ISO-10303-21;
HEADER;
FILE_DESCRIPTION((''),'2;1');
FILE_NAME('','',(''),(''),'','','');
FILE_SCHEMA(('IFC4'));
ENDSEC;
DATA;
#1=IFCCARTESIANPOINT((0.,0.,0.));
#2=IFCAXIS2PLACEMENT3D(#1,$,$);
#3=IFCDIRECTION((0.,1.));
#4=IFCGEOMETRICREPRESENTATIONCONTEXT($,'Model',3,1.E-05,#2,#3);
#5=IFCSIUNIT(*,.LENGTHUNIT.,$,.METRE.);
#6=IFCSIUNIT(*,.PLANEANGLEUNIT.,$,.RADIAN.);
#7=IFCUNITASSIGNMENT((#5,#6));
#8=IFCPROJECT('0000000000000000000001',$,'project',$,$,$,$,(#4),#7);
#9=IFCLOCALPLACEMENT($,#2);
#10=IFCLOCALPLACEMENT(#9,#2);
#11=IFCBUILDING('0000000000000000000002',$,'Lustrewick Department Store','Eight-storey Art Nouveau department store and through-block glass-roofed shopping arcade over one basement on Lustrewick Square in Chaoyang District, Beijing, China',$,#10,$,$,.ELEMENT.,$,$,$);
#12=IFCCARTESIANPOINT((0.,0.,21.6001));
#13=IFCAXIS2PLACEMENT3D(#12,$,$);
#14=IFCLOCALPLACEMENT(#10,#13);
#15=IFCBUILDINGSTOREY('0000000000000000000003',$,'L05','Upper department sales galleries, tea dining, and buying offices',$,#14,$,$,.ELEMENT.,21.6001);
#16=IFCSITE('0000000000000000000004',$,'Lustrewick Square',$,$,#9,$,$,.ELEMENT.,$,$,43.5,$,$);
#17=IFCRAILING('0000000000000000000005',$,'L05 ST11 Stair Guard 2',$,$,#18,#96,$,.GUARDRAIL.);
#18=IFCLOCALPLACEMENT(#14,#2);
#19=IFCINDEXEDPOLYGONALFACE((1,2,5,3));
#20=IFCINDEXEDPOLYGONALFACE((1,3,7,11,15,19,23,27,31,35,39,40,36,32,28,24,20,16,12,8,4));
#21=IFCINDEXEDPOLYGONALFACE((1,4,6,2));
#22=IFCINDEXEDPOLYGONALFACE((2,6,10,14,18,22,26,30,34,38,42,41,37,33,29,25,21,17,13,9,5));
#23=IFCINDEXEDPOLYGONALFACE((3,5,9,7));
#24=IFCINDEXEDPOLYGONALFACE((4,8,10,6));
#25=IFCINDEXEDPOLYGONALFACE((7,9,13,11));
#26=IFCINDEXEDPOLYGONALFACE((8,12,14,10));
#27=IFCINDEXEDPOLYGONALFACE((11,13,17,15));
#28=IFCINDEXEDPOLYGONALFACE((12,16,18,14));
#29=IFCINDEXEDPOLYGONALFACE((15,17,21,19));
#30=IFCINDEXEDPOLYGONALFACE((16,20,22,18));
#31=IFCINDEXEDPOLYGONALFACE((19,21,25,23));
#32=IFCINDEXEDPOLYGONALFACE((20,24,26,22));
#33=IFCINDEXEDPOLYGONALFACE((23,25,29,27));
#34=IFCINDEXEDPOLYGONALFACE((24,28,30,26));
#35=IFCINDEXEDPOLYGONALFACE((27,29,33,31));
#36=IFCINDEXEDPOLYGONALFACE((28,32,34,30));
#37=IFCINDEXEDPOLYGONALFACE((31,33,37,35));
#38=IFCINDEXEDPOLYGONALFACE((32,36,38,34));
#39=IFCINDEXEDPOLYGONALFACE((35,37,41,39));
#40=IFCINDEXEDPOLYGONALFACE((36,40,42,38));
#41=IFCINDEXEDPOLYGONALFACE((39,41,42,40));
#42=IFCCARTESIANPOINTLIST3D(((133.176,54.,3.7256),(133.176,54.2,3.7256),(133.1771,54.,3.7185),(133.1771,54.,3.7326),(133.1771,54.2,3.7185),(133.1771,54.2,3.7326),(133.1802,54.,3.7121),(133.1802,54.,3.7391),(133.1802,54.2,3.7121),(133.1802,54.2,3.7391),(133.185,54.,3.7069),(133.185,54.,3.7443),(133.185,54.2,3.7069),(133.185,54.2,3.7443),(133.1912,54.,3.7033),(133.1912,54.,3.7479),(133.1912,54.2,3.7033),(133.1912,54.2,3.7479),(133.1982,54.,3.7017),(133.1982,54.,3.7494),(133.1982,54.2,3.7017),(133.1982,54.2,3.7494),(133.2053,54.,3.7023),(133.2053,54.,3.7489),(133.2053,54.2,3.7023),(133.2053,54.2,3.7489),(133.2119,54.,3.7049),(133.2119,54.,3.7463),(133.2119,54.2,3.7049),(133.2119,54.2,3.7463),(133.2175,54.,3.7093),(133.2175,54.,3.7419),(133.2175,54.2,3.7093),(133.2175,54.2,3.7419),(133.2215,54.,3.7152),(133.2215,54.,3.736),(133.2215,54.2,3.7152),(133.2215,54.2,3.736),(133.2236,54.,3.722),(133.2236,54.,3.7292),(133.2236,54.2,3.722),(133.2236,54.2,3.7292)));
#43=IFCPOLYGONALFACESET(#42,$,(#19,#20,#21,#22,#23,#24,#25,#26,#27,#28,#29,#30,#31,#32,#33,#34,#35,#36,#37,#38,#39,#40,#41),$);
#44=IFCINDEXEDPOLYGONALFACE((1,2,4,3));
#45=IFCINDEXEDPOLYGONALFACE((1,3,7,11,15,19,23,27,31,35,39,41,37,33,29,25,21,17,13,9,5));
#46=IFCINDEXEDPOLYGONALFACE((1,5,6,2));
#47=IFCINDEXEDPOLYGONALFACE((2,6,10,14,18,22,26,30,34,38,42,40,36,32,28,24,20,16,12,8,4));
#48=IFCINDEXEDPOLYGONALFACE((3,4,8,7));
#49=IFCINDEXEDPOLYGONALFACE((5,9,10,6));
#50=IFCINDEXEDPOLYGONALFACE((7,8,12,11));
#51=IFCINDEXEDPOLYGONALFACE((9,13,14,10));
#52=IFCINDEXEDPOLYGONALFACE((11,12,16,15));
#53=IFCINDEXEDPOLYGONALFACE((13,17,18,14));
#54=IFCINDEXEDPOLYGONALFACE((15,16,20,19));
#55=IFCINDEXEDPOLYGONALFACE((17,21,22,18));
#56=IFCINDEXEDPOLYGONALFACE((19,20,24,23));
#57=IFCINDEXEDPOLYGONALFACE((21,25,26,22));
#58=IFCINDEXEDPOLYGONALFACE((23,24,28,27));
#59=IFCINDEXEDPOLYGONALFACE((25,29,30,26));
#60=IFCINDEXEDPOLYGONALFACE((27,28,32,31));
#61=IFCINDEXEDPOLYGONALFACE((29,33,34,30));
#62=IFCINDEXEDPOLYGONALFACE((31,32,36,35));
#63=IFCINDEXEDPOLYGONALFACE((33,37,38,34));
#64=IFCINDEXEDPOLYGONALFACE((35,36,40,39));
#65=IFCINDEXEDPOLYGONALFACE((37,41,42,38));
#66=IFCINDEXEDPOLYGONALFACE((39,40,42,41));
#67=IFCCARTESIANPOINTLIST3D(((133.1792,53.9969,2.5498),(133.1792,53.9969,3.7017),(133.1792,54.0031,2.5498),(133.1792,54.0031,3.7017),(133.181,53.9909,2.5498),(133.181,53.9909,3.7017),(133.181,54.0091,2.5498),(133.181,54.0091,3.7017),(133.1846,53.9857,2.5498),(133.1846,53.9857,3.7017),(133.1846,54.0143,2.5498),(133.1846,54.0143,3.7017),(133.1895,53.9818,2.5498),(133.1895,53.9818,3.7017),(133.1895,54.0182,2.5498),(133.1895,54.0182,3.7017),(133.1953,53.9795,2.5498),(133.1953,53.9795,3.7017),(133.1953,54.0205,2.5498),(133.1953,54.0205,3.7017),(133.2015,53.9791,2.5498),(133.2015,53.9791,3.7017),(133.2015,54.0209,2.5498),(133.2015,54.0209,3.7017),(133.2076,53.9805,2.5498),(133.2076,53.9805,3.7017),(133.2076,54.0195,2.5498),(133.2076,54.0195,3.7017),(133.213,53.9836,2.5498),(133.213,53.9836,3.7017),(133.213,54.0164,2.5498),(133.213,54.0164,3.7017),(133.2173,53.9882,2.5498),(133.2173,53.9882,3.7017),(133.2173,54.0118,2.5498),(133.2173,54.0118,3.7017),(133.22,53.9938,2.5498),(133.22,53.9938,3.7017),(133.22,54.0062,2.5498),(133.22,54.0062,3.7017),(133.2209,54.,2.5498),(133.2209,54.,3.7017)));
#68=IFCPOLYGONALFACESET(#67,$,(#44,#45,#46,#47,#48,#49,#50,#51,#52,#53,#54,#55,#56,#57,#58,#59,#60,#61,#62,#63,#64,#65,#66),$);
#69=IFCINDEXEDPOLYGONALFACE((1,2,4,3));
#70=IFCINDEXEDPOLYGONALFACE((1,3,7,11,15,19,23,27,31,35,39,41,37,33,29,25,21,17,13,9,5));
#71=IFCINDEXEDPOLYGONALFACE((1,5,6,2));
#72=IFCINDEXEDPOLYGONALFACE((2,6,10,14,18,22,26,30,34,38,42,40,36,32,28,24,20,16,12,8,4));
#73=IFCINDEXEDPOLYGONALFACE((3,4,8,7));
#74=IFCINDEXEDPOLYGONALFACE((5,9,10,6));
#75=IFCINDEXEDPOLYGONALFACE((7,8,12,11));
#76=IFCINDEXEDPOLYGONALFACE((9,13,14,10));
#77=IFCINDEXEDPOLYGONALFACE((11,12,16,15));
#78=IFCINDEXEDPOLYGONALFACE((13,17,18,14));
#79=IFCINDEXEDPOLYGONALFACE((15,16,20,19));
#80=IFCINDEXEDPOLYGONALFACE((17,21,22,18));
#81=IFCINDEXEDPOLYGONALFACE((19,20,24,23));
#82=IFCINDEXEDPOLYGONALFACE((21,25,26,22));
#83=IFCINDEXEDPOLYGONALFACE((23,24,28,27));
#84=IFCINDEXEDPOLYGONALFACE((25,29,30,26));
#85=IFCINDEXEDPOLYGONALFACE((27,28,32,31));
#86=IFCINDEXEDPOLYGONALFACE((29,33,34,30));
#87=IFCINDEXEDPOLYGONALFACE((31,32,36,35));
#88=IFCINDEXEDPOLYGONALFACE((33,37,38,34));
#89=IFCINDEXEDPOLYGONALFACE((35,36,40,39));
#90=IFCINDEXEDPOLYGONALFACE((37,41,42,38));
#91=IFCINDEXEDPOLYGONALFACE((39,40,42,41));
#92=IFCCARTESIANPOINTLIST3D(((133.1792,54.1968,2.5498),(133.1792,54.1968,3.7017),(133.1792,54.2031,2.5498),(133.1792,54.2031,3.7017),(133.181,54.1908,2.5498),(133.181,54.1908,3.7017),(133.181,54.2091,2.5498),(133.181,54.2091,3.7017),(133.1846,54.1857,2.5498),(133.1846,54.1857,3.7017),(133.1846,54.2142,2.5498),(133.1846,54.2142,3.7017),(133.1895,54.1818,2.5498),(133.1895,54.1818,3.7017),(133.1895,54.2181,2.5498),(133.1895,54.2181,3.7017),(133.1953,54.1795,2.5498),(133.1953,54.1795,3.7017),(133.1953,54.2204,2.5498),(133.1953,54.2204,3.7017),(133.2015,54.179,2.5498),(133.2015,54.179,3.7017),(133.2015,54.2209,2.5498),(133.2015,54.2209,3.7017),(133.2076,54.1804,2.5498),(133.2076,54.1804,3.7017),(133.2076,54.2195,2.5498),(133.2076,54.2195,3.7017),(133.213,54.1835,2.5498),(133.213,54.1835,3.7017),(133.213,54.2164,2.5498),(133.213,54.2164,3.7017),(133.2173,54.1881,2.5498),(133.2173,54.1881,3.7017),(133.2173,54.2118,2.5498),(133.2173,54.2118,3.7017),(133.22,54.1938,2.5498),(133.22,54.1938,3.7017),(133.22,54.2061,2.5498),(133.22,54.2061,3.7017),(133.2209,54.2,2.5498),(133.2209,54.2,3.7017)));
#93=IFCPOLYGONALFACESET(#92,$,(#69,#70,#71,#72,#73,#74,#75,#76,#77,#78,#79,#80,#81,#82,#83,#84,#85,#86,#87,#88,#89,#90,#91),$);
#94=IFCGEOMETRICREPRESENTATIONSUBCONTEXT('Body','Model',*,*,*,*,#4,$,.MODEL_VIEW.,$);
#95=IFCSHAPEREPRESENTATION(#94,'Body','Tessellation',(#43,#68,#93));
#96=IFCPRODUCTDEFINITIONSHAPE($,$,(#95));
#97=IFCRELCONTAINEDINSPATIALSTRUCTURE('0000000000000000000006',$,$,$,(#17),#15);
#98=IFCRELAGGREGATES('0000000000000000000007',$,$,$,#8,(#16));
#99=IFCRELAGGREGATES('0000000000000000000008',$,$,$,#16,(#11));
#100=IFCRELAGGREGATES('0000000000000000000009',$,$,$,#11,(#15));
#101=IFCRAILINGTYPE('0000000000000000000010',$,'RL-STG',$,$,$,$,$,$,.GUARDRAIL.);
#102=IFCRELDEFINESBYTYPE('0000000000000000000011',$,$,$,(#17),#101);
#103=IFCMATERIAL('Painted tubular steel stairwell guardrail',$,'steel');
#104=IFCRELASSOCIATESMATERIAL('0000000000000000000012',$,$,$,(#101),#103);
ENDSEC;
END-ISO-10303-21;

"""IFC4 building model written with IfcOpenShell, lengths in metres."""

from ifc_helpers import new_model, si_unit, direction, frame, origin, origin_2d, place, context, subcontext, project, spatial, circle, extrude, material, type_object, element, save


model = new_model("IFC4")

# Units and contexts
model_context = context("Model", 3, precision=1e-05, world=origin(), true_north=direction((0.0, 1.0)))
body_context = subcontext(model_context, "Body", "Model", "MODEL_VIEW")
ifc_project = project(units=[si_unit("LENGTHUNIT", "METRE"), si_unit("PLANEANGLEUNIT", "RADIAN")], contexts=[model_context])

# Site, building, storey
site_placement = place(None, origin())
site = spatial("IfcSite", under=ifc_project, at=site_placement, Name="Lustrewick Square", CompositionType="ELEMENT", RefElevation=43.5)
building_placement = place(site_placement, origin())
building = spatial("IfcBuilding", under=site, at=building_placement, Name="Lustrewick Department Store", Description="Eight-storey Art Nouveau department store and through-block glass-roofed shopping arcade over one basement on Lustrewick Square in Chaoyang District, Beijing, China", CompositionType="ELEMENT")
storey_placement = place(building_placement, frame((0.0, 0.0, 21.6001)))
storey = spatial("IfcBuildingStorey", under=building, at=storey_placement, Name="L05", Description="Upper department sales galleries, tea dining, and buying offices", CompositionType="ELEMENT", Elevation=21.6001)

# Railing
ifc_material_1 = material(Name="Painted tubular steel stairwell guardrail", Category="steel")
railing_type_1 = type_object("IfcRailingType", Name="RL-STG", PredefinedType="GUARDRAIL", material=ifc_material_1)
railing_1_placement = place(storey_placement, frame((133.2, 54.0, 2.5498)))
element("IfcRailing", 1, at=railing_1_placement, inside=storey, type_object=railing_type_1, Name="L05 ST11 Stair Guard 2", PredefinedType="GUARDRAIL", context=body_context, shape_type="SweptSolid", body=[
    extrude(circle(Radius=0.0239, at=origin_2d()), frame((0.0, 0.0, 1.1758), z_axis=(0.0, 1.0, 0.0), x_axis=(-1.0, 0.0, 0.0)), (0.0, 0.0, 1.0), 0.2),
    extrude(circle(Radius=0.021, at=origin_2d()), origin(), (0.0, 0.0, 1.0), 1.1519),
    extrude(circle(Radius=0.021, at=origin_2d()), frame((0.0, 0.2, 0.0)), (0.0, 0.0, 1.0), 1.1519),
])

save(model, "model.ifc")
